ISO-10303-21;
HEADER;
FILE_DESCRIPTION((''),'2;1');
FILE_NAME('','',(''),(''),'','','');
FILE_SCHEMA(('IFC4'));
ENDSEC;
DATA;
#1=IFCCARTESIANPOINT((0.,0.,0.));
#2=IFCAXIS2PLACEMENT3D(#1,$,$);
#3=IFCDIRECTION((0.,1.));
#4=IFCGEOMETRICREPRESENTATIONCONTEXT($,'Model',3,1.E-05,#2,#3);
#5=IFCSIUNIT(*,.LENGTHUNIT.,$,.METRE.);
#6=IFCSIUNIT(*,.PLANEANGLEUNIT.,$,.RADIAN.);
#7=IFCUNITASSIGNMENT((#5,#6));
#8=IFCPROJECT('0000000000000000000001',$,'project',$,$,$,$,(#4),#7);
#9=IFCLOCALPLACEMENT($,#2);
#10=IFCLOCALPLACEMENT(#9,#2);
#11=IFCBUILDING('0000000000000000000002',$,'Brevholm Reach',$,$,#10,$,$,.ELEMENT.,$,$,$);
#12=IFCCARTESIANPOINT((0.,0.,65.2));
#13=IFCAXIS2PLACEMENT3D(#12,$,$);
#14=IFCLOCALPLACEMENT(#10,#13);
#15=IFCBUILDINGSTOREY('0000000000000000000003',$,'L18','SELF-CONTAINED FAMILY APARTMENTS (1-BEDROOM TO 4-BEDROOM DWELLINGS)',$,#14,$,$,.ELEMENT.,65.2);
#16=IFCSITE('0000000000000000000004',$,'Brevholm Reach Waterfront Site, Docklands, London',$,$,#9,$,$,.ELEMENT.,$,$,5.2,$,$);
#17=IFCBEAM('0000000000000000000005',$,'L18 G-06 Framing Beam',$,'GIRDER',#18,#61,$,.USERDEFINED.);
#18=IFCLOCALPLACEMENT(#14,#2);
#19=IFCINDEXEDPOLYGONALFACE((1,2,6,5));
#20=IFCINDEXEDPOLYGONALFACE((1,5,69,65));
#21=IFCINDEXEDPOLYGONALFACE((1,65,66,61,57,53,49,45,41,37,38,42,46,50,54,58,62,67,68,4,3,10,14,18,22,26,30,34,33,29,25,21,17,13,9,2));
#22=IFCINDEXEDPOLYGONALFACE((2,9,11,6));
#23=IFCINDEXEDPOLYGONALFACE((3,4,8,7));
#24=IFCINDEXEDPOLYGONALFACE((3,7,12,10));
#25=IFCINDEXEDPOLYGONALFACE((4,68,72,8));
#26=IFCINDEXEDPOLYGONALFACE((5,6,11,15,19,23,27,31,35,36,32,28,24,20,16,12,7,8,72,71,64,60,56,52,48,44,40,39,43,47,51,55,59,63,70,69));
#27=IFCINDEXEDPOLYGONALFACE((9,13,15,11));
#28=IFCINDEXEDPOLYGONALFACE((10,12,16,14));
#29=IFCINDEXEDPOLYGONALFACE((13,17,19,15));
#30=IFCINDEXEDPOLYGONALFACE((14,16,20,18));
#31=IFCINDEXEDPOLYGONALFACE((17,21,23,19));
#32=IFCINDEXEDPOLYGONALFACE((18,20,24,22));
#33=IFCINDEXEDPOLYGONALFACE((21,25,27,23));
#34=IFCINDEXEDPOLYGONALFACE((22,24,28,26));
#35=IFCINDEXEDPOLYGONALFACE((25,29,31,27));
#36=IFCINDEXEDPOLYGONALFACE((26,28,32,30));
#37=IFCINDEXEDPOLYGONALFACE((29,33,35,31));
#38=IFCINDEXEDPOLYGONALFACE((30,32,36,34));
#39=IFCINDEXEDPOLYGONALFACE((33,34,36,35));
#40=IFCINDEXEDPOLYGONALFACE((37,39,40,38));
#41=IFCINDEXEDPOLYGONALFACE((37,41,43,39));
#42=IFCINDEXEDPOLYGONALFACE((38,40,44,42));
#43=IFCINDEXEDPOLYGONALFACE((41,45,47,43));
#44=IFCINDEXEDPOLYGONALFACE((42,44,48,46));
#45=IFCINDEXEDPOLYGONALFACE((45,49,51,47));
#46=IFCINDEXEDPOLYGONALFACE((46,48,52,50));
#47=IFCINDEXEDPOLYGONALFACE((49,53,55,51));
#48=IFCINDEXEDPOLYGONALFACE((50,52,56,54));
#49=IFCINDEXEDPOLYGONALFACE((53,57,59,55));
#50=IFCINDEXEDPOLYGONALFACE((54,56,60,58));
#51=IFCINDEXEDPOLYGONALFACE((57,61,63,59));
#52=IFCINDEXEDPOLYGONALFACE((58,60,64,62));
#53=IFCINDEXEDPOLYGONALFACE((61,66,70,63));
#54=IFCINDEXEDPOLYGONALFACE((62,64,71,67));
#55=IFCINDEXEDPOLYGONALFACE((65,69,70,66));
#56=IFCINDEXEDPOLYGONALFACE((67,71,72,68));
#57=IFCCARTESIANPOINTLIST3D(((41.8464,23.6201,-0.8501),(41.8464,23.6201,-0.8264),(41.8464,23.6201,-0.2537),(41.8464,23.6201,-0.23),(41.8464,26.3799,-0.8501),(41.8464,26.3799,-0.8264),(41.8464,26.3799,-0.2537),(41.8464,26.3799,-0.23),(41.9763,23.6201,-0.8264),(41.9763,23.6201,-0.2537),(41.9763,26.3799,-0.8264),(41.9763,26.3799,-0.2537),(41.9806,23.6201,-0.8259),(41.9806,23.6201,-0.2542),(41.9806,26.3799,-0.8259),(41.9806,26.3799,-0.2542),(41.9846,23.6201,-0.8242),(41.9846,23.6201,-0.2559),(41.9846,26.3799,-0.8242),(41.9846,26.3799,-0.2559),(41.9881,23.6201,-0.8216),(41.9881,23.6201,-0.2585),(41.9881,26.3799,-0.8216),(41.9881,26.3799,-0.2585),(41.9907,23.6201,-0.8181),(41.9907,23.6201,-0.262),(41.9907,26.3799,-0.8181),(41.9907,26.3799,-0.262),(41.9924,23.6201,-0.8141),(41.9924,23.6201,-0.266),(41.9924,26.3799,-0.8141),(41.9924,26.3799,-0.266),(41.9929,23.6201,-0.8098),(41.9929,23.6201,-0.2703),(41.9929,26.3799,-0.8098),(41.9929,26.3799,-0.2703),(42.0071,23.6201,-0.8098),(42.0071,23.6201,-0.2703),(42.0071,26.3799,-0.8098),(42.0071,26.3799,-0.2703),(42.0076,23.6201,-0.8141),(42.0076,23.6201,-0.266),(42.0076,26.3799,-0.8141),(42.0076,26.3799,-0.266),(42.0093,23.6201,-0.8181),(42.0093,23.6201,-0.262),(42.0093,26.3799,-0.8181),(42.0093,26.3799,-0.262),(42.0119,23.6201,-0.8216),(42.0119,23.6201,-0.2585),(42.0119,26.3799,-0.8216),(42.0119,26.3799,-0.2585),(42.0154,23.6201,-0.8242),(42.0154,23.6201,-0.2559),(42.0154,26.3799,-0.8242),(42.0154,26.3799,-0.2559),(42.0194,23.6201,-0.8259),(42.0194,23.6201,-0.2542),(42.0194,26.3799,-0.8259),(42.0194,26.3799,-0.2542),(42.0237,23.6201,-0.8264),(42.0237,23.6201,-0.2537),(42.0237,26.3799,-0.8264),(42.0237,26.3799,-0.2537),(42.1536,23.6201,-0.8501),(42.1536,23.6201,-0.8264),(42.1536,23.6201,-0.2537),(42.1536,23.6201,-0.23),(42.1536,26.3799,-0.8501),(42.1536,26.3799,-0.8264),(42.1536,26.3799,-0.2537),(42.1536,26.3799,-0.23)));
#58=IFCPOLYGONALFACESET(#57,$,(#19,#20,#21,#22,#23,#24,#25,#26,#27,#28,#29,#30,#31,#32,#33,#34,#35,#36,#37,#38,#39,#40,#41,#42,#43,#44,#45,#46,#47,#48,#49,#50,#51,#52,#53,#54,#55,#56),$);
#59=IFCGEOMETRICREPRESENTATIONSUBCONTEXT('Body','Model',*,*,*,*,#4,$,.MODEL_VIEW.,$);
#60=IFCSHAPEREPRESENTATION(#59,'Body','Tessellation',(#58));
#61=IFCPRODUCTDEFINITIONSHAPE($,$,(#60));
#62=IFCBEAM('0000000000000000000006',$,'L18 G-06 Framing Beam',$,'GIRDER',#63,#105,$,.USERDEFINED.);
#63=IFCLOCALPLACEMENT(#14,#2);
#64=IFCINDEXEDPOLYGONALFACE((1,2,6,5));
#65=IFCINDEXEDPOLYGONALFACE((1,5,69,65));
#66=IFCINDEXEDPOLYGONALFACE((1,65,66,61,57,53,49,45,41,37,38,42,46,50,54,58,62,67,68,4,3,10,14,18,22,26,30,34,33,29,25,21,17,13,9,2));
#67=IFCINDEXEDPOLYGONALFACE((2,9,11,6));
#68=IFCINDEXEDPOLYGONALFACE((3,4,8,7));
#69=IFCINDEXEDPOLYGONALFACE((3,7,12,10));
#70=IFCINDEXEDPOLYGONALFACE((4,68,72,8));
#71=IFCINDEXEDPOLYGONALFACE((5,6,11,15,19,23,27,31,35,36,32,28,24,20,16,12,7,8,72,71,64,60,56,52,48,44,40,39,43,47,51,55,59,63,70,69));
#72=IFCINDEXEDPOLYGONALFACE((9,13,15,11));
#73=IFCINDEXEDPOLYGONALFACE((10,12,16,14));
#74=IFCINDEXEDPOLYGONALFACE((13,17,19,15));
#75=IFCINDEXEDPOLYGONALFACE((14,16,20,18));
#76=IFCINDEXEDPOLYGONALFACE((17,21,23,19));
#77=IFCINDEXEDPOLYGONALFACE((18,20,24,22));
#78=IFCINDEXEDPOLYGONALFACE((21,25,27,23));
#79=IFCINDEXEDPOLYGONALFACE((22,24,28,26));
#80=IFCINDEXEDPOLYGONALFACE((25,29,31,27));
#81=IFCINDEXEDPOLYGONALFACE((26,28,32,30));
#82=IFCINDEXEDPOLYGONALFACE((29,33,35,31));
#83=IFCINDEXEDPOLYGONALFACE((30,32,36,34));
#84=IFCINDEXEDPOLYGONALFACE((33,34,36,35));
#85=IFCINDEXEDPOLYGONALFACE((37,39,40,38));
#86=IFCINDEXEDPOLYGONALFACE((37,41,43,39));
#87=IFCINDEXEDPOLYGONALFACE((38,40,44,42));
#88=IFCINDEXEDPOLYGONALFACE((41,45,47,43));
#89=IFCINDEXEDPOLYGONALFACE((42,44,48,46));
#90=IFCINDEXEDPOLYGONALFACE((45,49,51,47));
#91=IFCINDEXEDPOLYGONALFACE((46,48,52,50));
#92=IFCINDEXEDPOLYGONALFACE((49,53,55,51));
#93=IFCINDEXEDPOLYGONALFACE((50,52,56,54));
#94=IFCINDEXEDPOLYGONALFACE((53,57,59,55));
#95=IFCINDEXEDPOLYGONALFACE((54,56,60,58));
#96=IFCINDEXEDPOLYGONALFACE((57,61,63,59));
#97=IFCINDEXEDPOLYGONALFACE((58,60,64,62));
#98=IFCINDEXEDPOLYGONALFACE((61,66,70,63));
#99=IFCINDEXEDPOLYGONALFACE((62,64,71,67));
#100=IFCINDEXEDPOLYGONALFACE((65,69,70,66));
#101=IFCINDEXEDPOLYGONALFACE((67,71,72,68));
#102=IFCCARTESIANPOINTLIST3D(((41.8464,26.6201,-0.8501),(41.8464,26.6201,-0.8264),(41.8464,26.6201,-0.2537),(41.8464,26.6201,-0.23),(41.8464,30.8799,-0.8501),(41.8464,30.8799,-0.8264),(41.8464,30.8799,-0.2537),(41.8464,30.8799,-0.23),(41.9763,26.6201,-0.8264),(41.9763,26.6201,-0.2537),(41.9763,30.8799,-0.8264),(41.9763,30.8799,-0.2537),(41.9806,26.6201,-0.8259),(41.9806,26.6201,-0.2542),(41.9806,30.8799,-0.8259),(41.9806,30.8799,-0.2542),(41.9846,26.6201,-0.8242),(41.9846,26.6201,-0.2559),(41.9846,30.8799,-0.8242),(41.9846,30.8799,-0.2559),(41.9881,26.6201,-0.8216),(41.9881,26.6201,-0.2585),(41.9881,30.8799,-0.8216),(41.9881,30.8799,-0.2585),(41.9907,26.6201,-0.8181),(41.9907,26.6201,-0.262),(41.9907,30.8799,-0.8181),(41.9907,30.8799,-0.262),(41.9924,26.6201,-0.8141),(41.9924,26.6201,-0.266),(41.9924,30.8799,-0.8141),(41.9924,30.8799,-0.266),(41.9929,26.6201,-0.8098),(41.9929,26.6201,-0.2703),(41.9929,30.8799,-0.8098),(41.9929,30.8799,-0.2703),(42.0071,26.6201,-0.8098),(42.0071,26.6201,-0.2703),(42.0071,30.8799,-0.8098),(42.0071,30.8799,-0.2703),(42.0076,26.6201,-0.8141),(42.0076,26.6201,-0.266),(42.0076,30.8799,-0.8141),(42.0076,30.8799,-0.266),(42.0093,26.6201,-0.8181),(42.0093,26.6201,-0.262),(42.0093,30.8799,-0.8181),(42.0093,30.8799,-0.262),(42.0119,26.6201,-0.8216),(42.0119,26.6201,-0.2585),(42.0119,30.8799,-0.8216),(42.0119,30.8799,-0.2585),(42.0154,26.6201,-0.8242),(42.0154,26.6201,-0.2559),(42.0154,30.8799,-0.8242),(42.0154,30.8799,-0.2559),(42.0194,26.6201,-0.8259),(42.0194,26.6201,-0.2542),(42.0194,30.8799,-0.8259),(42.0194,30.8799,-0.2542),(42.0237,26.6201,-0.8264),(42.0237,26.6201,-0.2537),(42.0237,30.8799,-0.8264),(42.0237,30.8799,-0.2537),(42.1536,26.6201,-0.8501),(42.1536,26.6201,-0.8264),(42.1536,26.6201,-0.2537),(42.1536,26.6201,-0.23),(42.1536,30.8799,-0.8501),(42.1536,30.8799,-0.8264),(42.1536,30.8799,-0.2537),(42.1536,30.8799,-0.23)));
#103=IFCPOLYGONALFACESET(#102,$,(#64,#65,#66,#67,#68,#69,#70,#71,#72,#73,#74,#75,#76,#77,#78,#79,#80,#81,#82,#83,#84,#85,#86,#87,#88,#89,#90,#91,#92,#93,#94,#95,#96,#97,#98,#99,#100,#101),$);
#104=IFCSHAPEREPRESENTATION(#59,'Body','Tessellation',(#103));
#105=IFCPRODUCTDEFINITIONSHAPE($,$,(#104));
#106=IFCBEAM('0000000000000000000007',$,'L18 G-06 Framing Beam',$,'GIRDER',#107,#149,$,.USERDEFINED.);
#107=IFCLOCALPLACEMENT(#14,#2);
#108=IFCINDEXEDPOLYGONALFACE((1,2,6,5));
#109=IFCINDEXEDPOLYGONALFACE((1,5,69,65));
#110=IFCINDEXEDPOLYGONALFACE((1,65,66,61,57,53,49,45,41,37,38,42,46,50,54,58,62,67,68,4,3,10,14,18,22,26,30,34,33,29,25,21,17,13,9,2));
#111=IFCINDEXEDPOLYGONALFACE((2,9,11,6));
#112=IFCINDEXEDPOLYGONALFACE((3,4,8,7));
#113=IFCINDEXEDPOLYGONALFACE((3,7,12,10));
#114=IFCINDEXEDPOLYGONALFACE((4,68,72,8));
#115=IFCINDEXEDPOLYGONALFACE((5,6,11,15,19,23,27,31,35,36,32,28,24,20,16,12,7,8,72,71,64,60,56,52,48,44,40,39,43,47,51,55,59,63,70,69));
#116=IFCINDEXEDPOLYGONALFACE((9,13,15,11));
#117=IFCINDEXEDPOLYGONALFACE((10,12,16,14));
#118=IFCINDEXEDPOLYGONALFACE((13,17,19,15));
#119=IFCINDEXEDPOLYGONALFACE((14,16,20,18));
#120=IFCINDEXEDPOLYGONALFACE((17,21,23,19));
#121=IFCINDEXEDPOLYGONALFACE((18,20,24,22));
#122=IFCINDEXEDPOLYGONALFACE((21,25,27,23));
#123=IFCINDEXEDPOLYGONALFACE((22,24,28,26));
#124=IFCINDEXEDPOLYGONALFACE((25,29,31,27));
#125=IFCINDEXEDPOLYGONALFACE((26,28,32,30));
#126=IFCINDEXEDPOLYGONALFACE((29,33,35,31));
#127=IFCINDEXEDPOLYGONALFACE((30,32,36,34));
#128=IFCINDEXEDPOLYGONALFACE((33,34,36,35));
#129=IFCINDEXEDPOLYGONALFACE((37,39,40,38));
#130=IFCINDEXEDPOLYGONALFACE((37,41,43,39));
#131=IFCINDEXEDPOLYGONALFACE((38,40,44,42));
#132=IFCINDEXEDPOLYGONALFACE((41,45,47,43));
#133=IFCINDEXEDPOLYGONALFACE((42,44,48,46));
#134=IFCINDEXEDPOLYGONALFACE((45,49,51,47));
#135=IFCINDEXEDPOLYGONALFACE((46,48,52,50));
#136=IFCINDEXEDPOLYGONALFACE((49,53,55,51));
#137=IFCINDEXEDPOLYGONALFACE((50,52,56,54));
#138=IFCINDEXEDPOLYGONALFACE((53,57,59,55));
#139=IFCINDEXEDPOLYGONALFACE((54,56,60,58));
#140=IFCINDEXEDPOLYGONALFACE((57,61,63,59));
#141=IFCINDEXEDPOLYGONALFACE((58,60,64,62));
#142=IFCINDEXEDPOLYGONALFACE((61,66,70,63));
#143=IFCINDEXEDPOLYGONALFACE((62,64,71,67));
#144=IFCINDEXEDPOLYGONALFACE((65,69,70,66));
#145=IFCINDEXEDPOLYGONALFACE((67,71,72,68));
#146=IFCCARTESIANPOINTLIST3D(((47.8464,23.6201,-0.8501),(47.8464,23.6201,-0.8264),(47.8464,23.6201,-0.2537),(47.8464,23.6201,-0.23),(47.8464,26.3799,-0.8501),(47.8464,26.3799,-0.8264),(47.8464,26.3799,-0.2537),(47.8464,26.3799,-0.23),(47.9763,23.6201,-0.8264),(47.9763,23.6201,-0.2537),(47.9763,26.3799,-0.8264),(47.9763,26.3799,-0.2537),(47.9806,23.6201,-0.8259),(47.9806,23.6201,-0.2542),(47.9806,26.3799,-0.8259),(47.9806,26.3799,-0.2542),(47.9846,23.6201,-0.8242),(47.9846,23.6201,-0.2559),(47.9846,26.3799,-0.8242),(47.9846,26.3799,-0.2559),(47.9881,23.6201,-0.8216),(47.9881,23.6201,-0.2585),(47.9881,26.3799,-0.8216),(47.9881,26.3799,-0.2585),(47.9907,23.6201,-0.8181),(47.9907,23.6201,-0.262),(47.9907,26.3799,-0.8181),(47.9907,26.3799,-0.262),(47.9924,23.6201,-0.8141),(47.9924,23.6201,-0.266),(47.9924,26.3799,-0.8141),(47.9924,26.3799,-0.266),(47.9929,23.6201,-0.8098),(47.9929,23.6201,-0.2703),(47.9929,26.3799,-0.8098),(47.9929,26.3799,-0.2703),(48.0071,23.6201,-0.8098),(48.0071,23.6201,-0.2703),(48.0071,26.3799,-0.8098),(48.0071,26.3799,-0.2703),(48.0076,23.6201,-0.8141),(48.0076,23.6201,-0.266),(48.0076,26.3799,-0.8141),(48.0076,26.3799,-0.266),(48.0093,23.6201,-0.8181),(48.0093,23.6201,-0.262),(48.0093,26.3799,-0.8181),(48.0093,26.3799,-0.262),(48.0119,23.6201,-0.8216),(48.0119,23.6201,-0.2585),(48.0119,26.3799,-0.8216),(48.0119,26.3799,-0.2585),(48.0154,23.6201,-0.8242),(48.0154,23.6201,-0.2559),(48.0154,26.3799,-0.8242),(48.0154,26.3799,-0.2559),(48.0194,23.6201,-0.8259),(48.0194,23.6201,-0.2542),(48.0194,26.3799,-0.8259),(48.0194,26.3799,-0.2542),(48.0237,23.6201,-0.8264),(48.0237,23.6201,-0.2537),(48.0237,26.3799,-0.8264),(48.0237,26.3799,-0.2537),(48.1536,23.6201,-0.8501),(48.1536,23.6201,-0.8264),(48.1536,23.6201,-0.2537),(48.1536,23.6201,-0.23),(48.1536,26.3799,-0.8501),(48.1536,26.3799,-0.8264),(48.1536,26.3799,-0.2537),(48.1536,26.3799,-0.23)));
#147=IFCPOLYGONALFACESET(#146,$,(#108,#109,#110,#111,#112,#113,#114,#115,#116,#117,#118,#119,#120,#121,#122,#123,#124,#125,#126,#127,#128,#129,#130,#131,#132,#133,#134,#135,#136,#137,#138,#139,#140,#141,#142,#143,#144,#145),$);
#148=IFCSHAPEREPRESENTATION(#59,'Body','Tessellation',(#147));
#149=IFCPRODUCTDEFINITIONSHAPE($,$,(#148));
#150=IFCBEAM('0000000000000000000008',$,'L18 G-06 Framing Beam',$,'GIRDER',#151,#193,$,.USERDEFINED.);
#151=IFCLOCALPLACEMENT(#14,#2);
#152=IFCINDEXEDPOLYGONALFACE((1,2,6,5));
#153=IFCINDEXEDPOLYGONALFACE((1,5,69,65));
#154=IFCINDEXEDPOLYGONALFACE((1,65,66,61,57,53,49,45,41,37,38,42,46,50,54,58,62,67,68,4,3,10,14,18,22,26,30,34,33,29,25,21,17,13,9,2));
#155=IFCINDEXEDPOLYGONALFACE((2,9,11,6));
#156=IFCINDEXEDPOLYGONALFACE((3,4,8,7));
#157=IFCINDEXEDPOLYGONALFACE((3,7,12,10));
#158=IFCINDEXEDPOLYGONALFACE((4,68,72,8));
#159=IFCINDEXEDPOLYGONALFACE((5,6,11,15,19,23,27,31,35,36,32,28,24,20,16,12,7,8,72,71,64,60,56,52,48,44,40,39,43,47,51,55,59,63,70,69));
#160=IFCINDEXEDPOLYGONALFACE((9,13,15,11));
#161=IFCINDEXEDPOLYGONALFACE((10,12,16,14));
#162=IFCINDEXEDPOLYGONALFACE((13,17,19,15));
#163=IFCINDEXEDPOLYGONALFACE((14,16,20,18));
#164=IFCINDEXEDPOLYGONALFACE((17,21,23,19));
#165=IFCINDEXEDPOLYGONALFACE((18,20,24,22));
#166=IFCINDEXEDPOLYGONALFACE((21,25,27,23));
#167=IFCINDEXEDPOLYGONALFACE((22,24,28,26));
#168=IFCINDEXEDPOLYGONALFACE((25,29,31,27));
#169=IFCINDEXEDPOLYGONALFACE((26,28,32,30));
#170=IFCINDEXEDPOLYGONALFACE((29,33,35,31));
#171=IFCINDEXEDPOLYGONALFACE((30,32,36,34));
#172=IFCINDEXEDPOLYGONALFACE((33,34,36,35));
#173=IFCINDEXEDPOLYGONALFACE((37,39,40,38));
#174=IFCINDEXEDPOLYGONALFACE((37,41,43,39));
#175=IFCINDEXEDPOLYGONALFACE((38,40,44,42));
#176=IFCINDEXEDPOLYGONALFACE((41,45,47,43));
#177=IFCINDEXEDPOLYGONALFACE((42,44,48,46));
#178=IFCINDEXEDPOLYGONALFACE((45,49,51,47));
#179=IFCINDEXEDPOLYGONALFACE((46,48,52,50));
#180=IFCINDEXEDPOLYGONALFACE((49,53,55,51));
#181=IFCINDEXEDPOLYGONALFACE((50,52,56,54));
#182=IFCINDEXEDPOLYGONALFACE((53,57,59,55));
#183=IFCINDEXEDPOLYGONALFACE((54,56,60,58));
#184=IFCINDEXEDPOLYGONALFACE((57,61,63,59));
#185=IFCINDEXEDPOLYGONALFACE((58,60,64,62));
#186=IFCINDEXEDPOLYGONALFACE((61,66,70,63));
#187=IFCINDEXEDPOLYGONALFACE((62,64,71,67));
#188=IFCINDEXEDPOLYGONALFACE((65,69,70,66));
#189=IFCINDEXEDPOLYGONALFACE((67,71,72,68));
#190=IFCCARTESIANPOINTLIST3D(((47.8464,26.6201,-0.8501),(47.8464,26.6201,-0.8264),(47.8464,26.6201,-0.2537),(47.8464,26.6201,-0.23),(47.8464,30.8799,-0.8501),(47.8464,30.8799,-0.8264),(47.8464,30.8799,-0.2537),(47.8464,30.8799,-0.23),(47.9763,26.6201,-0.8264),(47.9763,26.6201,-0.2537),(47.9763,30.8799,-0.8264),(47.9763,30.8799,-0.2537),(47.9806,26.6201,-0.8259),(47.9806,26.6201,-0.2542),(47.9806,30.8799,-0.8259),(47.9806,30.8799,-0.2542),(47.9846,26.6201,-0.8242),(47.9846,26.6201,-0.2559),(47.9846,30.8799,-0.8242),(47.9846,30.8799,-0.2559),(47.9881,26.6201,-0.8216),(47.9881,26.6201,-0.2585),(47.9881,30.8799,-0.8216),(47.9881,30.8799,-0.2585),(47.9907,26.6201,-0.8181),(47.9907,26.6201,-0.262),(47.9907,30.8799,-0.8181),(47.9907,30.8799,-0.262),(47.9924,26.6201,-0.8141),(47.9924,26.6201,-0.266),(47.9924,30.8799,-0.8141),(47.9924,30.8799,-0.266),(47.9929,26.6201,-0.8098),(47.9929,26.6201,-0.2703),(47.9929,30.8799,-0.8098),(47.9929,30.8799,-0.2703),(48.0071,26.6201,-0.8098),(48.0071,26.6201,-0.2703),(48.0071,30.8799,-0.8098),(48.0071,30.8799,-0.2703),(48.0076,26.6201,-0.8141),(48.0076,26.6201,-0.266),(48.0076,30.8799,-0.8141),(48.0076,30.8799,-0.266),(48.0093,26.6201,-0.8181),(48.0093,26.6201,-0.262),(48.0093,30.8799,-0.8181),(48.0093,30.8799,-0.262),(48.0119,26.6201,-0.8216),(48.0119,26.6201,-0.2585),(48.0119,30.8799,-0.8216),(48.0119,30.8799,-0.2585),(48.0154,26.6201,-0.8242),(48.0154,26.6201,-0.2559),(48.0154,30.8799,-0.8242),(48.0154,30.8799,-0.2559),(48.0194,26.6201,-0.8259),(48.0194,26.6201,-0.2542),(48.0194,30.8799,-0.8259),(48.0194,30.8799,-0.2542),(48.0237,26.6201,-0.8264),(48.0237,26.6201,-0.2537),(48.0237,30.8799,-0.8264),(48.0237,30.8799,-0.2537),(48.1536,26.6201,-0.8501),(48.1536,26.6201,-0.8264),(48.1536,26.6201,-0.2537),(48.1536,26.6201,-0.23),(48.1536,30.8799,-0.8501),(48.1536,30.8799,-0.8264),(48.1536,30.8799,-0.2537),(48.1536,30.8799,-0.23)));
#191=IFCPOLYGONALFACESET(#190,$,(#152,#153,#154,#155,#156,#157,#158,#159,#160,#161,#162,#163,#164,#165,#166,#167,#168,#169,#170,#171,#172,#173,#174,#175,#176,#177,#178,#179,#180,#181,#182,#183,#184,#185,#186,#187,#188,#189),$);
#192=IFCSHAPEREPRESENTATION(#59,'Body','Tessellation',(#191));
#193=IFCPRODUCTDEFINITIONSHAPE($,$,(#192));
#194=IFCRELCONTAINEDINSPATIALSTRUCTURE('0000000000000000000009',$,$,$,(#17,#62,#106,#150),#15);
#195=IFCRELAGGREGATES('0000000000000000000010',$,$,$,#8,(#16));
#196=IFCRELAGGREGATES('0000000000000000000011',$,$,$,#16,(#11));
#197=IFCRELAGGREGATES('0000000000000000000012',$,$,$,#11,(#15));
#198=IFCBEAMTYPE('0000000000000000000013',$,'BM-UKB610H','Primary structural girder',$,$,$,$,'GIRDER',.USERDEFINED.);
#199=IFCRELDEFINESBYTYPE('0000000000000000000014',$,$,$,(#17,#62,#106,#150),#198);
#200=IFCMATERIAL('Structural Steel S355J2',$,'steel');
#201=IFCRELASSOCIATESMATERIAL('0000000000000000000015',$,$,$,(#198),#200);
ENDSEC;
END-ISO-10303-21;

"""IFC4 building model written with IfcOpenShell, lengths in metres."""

from ifc_helpers import new_model, si_unit, direction, frame, origin, origin_2d, place, context, subcontext, project, spatial, i_section, extrude, material, material_profile, profile_set, type_object, element, save


model = new_model("IFC4")

# Units and contexts
model_context = context("Model", 3, precision=1e-05, world=origin(), true_north=direction((0.0, 1.0)))
body_context = subcontext(model_context, "Body", "Model", "MODEL_VIEW")
ifc_project = project(units=[si_unit("LENGTHUNIT", "METRE"), si_unit("PLANEANGLEUNIT", "RADIAN")], contexts=[model_context])

# Site, building, storey
site_placement = place(None, origin())
site = spatial("IfcSite", under=ifc_project, at=site_placement, Name="Brevholm Reach Waterfront Site, Docklands, London", CompositionType="ELEMENT", RefElevation=5.2)
building_placement = place(site_placement, origin())
building = spatial("IfcBuilding", under=site, at=building_placement, Name="Brevholm Reach", CompositionType="ELEMENT")
storey_placement = place(building_placement, frame((0.0, 0.0, 65.2)))
storey = spatial("IfcBuildingStorey", under=building, at=storey_placement, Name="L18", Description="SELF-CONTAINED FAMILY APARTMENTS (1-BEDROOM TO 4-BEDROOM DWELLINGS)", CompositionType="ELEMENT", Elevation=65.2)

# Beams
ifc_material_1 = material(Name="Structural Steel S355J2", Category="steel")
ifc_material_profile_1 = material_profile(ifc_material_1, i_section(OverallWidth=0.3071, OverallDepth=0.6201, WebThickness=0.0142, FlangeThickness=0.0237, FilletRadius=0.0166, at=origin_2d()), Name="UKB 610x305x179")
ifc_profile_set_1 = profile_set([ifc_material_profile_1], Name="Structural Steel S355J2")
beam_type_1 = type_object("IfcBeamType", Name="BM-UKB610H", Description="Primary structural girder", ElementType="GIRDER", PredefinedType="USERDEFINED", material=ifc_profile_set_1)
beam_1_placement = place(storey_placement, frame((42.0, 23.6201, -0.54), z_axis=(0.0, 1.0, 0.0), x_axis=(-1.0, 0.0, 0.0)))
element("IfcBeam", 1, at=beam_1_placement, inside=storey, type_object=beam_type_1, Name="L18 G-06 Framing Beam", ObjectType="GIRDER", PredefinedType="USERDEFINED", context=body_context, shape_type="SweptSolid", body=[
    extrude(i_section(OverallWidth=0.3071, OverallDepth=0.6201, WebThickness=0.0142, FlangeThickness=0.0237, FilletRadius=0.0166, at=origin_2d()), origin(), (0.0, 0.0, 1.0), 2.7598),
])
beam_2_placement = place(storey_placement, frame((42.0, 26.6201, -0.54), z_axis=(0.0, 1.0, 0.0), x_axis=(-1.0, 0.0, 0.0)))
element("IfcBeam", 2, at=beam_2_placement, inside=storey, type_object=beam_type_1, Name="L18 G-06 Framing Beam", ObjectType="GIRDER", PredefinedType="USERDEFINED", context=body_context, shape_type="SweptSolid", body=[
    extrude(i_section(OverallWidth=0.3071, OverallDepth=0.6201, WebThickness=0.0142, FlangeThickness=0.0237, FilletRadius=0.0166, at=origin_2d()), origin(), (0.0, 0.0, 1.0), 4.2598),
])
beam_3_placement = place(storey_placement, frame((48.0, 23.6201, -0.54), z_axis=(0.0, 1.0, 0.0), x_axis=(-1.0, 0.0, 0.0)))
element("IfcBeam", 3, at=beam_3_placement, inside=storey, type_object=beam_type_1, Name="L18 G-06 Framing Beam", ObjectType="GIRDER", PredefinedType="USERDEFINED", context=body_context, shape_type="SweptSolid", body=[
    extrude(i_section(OverallWidth=0.3071, OverallDepth=0.6201, WebThickness=0.0142, FlangeThickness=0.0237, FilletRadius=0.0166, at=origin_2d()), origin(), (0.0, 0.0, 1.0), 2.7598),
])
beam_4_placement = place(storey_placement, frame((48.0, 26.6201, -0.54), z_axis=(0.0, 1.0, 0.0), x_axis=(-1.0, 0.0, 0.0)))
element("IfcBeam", 4, at=beam_4_placement, inside=storey, type_object=beam_type_1, Name="L18 G-06 Framing Beam", ObjectType="GIRDER", PredefinedType="USERDEFINED", context=body_context, shape_type="SweptSolid", body=[
    extrude(i_section(OverallWidth=0.3071, OverallDepth=0.6201, WebThickness=0.0142, FlangeThickness=0.0237, FilletRadius=0.0166, at=origin_2d()), origin(), (0.0, 0.0, 1.0), 4.2598),
])

save(model, "model.ifc")
